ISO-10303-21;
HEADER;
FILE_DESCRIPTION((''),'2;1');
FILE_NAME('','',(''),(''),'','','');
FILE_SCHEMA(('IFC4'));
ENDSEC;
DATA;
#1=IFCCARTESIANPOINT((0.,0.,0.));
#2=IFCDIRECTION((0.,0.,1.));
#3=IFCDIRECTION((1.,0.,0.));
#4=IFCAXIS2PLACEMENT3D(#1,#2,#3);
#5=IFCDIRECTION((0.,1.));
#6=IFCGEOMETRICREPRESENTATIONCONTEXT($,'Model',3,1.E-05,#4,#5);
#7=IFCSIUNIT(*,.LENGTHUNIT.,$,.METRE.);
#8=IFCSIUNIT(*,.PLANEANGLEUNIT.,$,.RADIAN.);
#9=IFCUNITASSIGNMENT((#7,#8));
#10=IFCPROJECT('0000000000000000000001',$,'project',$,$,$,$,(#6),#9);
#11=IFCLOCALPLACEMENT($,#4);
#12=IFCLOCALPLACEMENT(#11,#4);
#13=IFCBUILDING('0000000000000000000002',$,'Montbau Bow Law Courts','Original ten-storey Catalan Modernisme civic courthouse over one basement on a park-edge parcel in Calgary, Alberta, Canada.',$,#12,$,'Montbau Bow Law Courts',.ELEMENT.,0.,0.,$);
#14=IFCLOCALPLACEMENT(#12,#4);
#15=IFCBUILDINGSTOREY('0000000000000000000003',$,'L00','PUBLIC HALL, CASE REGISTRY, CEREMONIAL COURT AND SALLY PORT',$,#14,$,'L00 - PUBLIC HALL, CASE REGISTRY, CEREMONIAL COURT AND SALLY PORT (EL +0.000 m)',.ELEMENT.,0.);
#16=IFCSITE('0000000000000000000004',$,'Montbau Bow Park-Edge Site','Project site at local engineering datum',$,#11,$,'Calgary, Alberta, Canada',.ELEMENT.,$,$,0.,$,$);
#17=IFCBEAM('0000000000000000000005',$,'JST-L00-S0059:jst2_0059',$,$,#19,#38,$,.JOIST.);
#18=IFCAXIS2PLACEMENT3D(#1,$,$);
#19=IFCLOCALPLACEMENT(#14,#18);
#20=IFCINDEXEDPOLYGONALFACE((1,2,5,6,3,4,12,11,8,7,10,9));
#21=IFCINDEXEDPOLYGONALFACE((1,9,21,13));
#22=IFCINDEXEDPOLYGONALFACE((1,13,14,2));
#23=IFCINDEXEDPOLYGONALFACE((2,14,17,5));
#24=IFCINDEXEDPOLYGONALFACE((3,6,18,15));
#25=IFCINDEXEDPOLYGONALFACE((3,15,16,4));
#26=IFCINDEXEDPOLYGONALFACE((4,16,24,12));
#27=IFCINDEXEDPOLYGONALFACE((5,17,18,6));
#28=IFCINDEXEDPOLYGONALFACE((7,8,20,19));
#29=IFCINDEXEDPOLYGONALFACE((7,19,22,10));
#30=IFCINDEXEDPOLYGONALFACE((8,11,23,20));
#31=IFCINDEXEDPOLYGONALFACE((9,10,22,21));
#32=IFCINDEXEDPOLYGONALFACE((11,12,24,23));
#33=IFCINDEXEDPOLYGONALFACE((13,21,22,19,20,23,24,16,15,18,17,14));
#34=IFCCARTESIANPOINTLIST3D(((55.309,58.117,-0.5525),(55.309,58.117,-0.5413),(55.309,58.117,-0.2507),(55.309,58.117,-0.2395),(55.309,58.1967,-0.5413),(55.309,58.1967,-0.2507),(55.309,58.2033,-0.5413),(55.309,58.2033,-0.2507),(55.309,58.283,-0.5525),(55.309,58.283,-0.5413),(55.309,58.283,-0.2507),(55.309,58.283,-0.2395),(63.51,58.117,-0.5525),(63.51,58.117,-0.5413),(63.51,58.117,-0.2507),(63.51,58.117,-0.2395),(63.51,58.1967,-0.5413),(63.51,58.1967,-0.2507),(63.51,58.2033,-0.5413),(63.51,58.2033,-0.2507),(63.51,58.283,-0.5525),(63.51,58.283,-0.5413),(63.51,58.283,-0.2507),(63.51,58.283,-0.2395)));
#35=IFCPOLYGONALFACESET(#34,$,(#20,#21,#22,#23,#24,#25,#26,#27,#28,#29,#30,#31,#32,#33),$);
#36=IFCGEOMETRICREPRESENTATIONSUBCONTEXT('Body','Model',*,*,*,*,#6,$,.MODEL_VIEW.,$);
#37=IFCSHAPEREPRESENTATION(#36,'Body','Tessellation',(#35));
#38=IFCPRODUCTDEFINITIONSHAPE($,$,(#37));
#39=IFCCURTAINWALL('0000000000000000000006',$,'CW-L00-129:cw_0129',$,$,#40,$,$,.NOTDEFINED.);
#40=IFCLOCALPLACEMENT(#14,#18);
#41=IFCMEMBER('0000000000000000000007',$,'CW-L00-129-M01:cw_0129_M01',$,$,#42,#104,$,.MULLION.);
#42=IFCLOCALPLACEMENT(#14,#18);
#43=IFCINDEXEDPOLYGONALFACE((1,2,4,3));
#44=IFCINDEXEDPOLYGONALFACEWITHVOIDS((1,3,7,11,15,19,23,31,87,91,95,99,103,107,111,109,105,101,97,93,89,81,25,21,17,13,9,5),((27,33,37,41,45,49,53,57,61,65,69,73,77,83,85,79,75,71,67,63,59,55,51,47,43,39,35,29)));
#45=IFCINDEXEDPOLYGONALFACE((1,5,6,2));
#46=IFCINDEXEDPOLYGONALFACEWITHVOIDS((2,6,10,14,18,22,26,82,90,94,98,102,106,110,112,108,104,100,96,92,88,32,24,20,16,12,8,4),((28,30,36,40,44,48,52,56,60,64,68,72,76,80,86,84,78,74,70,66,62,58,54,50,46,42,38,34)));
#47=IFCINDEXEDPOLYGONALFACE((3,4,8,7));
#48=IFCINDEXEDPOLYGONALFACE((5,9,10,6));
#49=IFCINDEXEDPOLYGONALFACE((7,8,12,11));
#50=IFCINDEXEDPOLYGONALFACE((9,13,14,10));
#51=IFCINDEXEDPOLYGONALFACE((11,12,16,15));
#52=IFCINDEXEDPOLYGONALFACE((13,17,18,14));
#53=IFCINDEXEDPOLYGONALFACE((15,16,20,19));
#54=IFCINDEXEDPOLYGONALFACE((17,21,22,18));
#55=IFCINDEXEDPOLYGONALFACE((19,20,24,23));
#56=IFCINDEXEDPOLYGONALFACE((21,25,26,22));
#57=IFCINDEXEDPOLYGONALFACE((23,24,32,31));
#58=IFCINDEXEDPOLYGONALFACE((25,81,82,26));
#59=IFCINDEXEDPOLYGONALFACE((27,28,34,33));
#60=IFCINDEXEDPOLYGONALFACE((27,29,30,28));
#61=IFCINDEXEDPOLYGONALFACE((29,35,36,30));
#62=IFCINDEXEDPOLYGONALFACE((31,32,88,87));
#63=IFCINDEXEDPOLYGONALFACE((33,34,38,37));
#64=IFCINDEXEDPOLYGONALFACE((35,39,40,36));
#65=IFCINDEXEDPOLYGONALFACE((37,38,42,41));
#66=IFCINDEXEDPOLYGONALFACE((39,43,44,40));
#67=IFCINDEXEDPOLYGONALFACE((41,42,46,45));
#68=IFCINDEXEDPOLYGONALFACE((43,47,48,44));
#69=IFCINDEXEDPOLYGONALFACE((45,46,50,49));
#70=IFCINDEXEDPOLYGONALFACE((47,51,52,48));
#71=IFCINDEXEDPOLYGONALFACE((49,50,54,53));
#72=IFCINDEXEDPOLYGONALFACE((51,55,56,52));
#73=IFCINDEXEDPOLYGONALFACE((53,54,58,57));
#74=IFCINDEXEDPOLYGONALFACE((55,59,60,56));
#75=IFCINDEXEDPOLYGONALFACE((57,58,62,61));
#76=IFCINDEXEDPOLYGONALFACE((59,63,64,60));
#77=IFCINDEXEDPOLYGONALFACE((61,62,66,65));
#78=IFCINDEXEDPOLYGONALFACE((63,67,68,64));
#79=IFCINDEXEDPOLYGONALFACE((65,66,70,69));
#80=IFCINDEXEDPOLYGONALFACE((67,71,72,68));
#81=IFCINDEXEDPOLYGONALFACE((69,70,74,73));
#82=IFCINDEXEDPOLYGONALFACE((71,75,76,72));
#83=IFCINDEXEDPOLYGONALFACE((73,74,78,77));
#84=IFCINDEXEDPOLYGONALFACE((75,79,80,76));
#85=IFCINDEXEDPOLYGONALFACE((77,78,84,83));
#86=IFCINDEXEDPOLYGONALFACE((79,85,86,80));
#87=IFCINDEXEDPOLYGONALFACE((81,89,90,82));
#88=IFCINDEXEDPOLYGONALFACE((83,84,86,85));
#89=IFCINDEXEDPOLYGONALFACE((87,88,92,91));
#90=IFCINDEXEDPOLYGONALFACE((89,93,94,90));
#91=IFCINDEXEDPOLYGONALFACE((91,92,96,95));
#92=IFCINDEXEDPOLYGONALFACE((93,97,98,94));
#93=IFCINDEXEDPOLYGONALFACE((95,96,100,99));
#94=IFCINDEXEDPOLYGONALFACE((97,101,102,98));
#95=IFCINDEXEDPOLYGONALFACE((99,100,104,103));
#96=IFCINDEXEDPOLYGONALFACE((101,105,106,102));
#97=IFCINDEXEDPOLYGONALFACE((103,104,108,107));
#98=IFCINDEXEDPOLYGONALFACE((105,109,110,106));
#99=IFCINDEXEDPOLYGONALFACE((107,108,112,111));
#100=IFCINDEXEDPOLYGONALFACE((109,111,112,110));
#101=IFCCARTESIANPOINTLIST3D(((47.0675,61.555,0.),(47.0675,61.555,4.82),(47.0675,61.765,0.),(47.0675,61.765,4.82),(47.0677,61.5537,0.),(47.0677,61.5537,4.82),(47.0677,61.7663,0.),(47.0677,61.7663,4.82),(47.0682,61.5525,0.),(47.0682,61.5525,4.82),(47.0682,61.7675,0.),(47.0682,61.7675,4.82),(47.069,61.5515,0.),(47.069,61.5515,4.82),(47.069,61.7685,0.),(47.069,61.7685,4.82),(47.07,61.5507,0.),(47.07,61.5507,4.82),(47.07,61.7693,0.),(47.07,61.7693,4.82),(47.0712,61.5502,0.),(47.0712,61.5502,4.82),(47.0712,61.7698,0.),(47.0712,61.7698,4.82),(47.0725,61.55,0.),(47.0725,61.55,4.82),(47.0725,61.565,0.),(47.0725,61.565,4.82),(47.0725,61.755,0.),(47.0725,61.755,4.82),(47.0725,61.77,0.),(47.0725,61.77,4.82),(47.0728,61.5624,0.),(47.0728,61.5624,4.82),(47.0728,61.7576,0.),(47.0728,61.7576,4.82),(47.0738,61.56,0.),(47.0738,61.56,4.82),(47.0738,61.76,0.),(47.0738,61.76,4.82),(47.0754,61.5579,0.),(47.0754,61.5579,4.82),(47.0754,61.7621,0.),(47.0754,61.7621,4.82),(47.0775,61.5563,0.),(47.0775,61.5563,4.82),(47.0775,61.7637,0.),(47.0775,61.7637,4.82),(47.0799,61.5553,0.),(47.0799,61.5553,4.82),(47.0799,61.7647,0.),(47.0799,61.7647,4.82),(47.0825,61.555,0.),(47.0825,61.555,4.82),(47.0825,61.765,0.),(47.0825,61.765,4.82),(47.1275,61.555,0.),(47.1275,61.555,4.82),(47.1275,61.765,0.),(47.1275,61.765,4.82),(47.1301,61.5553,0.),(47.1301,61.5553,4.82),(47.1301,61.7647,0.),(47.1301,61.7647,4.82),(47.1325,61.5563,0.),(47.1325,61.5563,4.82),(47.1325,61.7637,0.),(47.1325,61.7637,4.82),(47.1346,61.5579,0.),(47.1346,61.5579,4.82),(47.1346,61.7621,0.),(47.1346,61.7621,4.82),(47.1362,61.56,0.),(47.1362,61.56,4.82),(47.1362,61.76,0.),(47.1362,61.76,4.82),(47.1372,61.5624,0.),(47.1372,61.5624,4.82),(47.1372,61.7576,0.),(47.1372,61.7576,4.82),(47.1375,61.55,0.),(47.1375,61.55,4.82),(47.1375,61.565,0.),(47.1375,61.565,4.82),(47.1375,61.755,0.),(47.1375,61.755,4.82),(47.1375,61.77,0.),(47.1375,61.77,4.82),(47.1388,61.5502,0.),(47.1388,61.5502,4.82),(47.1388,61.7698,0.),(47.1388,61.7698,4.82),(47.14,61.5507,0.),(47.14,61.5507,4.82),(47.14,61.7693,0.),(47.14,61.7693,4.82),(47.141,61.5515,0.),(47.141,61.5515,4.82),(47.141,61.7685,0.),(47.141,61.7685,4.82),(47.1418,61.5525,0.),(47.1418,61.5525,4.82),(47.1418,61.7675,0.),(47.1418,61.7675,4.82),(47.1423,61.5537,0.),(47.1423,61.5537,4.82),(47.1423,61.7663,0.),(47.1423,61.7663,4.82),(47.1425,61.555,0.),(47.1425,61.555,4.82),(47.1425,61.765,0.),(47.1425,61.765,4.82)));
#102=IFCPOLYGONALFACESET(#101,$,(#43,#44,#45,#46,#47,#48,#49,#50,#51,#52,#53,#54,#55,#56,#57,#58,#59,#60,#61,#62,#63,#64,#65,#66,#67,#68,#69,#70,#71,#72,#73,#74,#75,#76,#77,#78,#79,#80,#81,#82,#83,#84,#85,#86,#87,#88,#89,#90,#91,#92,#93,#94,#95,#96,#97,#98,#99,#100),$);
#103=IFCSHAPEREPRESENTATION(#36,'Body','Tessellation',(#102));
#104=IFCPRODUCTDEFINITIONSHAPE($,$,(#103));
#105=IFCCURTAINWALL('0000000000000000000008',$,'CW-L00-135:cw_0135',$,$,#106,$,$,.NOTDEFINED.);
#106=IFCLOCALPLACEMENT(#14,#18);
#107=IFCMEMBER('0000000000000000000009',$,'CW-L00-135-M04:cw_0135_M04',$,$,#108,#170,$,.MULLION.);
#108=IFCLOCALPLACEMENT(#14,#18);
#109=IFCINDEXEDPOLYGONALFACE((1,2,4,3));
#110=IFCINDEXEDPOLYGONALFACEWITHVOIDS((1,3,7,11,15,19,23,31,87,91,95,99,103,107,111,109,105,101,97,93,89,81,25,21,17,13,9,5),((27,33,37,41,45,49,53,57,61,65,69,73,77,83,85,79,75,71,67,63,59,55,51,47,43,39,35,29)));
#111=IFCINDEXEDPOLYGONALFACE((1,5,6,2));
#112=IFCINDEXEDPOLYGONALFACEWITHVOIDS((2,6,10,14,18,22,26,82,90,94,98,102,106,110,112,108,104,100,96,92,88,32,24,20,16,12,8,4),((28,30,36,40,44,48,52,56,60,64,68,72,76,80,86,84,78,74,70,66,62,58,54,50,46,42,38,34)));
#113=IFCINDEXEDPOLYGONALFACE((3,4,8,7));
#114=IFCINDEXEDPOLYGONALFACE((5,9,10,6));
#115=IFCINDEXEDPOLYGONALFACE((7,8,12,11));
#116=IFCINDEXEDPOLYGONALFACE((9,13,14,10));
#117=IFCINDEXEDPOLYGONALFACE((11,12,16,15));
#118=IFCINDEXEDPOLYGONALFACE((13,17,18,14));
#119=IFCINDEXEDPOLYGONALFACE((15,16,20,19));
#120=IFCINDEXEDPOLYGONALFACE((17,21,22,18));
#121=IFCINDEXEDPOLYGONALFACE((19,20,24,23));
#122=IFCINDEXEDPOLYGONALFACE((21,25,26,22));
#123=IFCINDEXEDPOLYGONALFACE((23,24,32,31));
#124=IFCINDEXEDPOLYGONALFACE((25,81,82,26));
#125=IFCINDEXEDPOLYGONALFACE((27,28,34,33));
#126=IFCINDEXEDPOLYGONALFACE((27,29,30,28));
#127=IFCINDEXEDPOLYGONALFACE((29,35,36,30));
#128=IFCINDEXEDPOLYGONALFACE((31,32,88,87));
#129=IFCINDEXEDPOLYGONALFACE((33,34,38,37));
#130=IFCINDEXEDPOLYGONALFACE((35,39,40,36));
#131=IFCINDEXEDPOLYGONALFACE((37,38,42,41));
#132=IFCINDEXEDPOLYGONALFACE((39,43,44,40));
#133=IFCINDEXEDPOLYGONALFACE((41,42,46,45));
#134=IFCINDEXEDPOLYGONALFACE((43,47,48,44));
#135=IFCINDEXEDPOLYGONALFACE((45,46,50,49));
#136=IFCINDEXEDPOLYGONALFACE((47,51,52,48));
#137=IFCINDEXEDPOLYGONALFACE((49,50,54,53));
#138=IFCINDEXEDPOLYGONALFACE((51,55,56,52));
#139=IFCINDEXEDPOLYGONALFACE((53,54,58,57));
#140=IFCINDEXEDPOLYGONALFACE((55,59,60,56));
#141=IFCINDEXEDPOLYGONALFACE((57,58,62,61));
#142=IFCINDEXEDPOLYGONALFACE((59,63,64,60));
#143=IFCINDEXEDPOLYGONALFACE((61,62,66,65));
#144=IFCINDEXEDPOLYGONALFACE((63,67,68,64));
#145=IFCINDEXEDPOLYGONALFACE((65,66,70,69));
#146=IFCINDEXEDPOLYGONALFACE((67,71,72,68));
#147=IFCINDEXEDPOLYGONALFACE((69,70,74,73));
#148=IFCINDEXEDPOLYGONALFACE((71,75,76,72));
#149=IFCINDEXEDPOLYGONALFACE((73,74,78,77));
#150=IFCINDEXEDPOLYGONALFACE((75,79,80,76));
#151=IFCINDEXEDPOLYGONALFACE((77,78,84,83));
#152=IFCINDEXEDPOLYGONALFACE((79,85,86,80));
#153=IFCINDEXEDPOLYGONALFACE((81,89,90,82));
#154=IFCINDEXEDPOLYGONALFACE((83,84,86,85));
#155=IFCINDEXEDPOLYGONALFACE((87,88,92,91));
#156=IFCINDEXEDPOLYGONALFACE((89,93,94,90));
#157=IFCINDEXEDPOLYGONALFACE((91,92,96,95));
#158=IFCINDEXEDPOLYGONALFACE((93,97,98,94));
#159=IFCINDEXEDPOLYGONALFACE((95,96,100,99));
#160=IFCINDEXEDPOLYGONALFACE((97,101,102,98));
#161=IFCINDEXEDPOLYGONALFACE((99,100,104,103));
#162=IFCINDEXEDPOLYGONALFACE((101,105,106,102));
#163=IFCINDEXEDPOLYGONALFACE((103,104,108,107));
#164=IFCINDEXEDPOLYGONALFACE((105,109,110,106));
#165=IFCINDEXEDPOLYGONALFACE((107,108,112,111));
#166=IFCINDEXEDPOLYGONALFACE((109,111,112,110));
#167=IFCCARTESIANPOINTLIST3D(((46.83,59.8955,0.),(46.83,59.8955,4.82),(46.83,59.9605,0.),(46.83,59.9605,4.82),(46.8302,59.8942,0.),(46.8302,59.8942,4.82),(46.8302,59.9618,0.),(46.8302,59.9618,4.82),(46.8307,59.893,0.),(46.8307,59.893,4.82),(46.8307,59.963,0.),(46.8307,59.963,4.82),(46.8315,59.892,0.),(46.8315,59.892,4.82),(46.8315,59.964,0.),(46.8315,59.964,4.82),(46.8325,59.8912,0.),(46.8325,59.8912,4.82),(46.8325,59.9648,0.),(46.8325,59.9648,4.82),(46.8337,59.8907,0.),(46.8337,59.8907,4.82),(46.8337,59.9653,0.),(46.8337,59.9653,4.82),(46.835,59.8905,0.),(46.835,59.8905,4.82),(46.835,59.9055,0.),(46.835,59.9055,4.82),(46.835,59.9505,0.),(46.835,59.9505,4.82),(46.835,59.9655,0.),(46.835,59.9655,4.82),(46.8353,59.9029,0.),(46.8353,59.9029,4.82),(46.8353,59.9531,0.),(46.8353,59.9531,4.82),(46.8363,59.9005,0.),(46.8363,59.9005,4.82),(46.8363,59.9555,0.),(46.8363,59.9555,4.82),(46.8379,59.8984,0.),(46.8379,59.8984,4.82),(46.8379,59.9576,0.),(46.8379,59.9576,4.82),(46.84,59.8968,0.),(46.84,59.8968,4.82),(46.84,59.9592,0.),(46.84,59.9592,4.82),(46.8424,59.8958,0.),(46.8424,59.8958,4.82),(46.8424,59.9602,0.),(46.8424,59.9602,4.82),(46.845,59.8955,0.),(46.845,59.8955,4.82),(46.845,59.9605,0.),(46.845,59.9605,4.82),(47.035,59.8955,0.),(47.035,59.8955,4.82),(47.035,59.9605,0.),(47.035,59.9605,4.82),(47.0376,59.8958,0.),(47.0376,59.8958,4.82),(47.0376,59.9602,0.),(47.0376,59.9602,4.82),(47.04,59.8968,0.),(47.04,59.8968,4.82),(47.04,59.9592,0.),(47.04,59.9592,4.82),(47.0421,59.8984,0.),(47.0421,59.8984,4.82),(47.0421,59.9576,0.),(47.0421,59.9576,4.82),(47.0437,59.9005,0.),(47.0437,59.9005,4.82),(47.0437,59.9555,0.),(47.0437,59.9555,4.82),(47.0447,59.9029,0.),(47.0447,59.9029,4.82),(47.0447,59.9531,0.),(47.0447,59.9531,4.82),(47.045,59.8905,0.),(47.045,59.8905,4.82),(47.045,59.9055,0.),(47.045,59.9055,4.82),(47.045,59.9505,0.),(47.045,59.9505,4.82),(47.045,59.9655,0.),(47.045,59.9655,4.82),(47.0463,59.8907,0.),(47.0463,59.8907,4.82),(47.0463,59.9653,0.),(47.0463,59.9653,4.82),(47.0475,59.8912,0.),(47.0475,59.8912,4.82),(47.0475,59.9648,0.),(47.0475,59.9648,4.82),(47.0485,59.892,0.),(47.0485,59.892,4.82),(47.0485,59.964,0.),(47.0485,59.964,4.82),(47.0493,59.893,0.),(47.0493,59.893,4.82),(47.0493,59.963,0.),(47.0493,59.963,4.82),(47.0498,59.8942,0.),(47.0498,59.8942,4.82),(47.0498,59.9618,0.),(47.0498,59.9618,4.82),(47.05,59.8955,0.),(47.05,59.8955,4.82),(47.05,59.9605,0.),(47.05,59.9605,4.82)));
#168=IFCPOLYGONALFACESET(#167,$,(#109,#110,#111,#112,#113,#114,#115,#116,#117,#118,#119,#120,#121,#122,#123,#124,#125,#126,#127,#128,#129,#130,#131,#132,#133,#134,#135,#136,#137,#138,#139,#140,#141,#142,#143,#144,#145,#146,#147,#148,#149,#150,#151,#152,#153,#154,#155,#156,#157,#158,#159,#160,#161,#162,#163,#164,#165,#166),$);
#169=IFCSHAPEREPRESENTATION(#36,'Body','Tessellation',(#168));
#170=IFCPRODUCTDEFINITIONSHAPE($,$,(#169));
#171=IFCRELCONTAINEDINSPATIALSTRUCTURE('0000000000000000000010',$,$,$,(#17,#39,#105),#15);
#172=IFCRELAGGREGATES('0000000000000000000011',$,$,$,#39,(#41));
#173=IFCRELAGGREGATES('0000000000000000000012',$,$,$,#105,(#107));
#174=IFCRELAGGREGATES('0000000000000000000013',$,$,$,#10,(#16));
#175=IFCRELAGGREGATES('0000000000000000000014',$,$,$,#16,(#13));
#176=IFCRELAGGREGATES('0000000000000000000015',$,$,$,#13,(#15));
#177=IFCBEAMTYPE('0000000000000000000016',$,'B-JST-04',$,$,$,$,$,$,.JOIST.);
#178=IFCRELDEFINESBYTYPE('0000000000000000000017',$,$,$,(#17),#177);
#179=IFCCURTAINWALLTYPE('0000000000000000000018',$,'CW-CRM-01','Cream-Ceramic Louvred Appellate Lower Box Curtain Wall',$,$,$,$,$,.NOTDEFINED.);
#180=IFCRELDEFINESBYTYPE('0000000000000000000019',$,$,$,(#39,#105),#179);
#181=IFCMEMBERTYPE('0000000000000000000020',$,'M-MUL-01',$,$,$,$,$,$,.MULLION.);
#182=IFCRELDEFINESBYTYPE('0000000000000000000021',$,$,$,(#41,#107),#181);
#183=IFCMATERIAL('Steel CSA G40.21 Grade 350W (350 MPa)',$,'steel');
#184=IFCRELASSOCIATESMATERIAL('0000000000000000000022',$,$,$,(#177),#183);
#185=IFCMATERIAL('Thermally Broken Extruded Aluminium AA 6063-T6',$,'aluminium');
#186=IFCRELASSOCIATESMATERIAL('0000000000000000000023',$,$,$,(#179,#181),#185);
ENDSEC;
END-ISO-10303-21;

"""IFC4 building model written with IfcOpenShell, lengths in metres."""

from ifc_helpers import new_model, si_unit, direction, frame, origin_with_axes, origin_2d_with_axis, place, context, subcontext, project, spatial, hollow_rectangle, i_section, extrude, material, material_profile, profile_set, type_object, element, aggregate, save


model = new_model("IFC4")

# Units and contexts
model_context = context("Model", 3, precision=1e-05, world=origin_with_axes(), true_north=direction((0.0, 1.0)))
body_context = subcontext(model_context, "Body", "Model", "MODEL_VIEW")
ifc_project = project(units=[si_unit("LENGTHUNIT", "METRE"), si_unit("PLANEANGLEUNIT", "RADIAN")], contexts=[model_context])

# Site, building, storey
site_placement = place(None, origin_with_axes())
site = spatial("IfcSite", under=ifc_project, at=site_placement, Name="Montbau Bow Park-Edge Site", Description="Project site at local engineering datum", LongName="Calgary, Alberta, Canada", CompositionType="ELEMENT", RefElevation=0.0)
building_placement = place(site_placement, origin_with_axes())
building = spatial("IfcBuilding", under=site, at=building_placement, Name="Montbau Bow Law Courts", Description="Original ten-storey Catalan Modernisme civic courthouse over one basement on a park-edge parcel in Calgary, Alberta, Canada.", LongName="Montbau Bow Law Courts", CompositionType="ELEMENT", ElevationOfRefHeight=0.0, ElevationOfTerrain=0.0)
storey_placement = place(building_placement, origin_with_axes())
storey = spatial("IfcBuildingStorey", under=building, at=storey_placement, Name="L00", Description="PUBLIC HALL, CASE REGISTRY, CEREMONIAL COURT AND SALLY PORT", LongName="L00 - PUBLIC HALL, CASE REGISTRY, CEREMONIAL COURT AND SALLY PORT (EL +0.000 m)", CompositionType="ELEMENT", Elevation=0.0)

# Shared definitions
ifc_material_1 = material(Name="Steel CSA G40.21 Grade 350W (350 MPa)", Category="steel")

# Beam
ifc_material_profile_1 = material_profile(ifc_material_1, i_section(OverallWidth=0.166, OverallDepth=0.313, WebThickness=0.0066, FlangeThickness=0.0112, at=origin_2d_with_axis()), Name="W310X45", Category="Main", Priority=0)
ifc_profile_set_1 = profile_set([ifc_material_profile_1], Name="Steel CSA G40.21 Grade 350W (350 MPa)")
beam_type_1 = type_object("IfcBeamType", Name="B-JST-04", PredefinedType="JOIST", material=ifc_profile_set_1)
beam_1_placement = place(None, frame((55.309, 58.2, -0.396), z_axis=(1.0, 0.0, 0.0), x_axis=(0.0, 1.0, 0.0)))
element("IfcBeam", 1, at=beam_1_placement, inside=storey, type_object=beam_type_1, Name="JST-L00-S0059:jst2_0059", PredefinedType="JOIST", context=body_context, shape_type="SweptSolid", body=[
    extrude(i_section(OverallWidth=0.166, OverallDepth=0.313, WebThickness=0.0066, FlangeThickness=0.0112, at=origin_2d_with_axis()), origin_with_axes(), (0.0, 0.0, 1.0), 8.201),
])

# Curtain wall, member
ifc_material_2 = material(Name="Thermally Broken Extruded Aluminium AA 6063-T6", Category="aluminium")
curtain_wall_type = type_object("IfcCurtainWallType", Name="CW-CRM-01", Description="Cream-Ceramic Louvred Appellate Lower Box Curtain Wall", PredefinedType="NOTDEFINED", material=ifc_material_2)
curtain_wall_1_placement = place(None, frame((47.068, 61.66, 0.0), z_axis=(0.0, 0.0, 1.0), x_axis=(1.0, 0.0, 0.0)))
curtain_wall_1 = element("IfcCurtainWall", 2, at=curtain_wall_1_placement, inside=storey, type_object=curtain_wall_type, Name="CW-L00-129:cw_0129", PredefinedType="NOTDEFINED")
ifc_material_profile_2 = material_profile(ifc_material_2, hollow_rectangle(XDim=0.075, YDim=0.22, WallThickness=0.005, InnerFilletRadius=0.01, OuterFilletRadius=0.005, at=origin_2d_with_axis()), Name="CWM-220X75", Category="Main", Priority=0)
ifc_profile_set_2 = profile_set([ifc_material_profile_2], Name="Thermally Broken Extruded Aluminium AA 6063-T6")
member_type_1 = type_object("IfcMemberType", Name="M-MUL-01", PredefinedType="MULLION", material=ifc_profile_set_2)
member_1_placement = place(None, frame((47.105, 61.66, 0.0), z_axis=(0.0, 0.0, 1.0), x_axis=(1.0, 0.0, 0.0)))
member_1 = element("IfcMember", 3, at=member_1_placement, type_object=member_type_1, Name="CW-L00-129-M01:cw_0129_M01", PredefinedType="MULLION", context=body_context, shape_type="SweptSolid", body=[
    extrude(hollow_rectangle(XDim=0.075, YDim=0.22, WallThickness=0.005, InnerFilletRadius=0.01, OuterFilletRadius=0.005, at=origin_2d_with_axis()), origin_with_axes(), (0.0, 0.0, 1.0), 4.82),
])

# Curtain wall, member
curtain_wall_2_placement = place(None, frame((46.94, 55.115, 0.0), z_axis=(0.0, 0.0, 1.0), x_axis=(1.0, 0.0, 0.0)))
curtain_wall_2 = element("IfcCurtainWall", 4, at=curtain_wall_2_placement, inside=storey, type_object=curtain_wall_type, Name="CW-L00-135:cw_0135", PredefinedType="NOTDEFINED")
member_2_placement = place(None, frame((46.94, 59.928, 0.0), z_axis=(0.0, 0.0, 1.0), x_axis=(0.0, 1.0, 0.0)))
member_2 = element("IfcMember", 5, at=member_2_placement, type_object=member_type_1, Name="CW-L00-135-M04:cw_0135_M04", PredefinedType="MULLION", context=body_context, shape_type="SweptSolid", body=[
    extrude(hollow_rectangle(XDim=0.075, YDim=0.22, WallThickness=0.005, InnerFilletRadius=0.01, OuterFilletRadius=0.005, at=origin_2d_with_axis()), origin_with_axes(), (0.0, 0.0, 1.0), 4.82),
])

aggregate(curtain_wall_1, [member_1])
aggregate(curtain_wall_2, [member_2])

save(model, "model.ifc")
